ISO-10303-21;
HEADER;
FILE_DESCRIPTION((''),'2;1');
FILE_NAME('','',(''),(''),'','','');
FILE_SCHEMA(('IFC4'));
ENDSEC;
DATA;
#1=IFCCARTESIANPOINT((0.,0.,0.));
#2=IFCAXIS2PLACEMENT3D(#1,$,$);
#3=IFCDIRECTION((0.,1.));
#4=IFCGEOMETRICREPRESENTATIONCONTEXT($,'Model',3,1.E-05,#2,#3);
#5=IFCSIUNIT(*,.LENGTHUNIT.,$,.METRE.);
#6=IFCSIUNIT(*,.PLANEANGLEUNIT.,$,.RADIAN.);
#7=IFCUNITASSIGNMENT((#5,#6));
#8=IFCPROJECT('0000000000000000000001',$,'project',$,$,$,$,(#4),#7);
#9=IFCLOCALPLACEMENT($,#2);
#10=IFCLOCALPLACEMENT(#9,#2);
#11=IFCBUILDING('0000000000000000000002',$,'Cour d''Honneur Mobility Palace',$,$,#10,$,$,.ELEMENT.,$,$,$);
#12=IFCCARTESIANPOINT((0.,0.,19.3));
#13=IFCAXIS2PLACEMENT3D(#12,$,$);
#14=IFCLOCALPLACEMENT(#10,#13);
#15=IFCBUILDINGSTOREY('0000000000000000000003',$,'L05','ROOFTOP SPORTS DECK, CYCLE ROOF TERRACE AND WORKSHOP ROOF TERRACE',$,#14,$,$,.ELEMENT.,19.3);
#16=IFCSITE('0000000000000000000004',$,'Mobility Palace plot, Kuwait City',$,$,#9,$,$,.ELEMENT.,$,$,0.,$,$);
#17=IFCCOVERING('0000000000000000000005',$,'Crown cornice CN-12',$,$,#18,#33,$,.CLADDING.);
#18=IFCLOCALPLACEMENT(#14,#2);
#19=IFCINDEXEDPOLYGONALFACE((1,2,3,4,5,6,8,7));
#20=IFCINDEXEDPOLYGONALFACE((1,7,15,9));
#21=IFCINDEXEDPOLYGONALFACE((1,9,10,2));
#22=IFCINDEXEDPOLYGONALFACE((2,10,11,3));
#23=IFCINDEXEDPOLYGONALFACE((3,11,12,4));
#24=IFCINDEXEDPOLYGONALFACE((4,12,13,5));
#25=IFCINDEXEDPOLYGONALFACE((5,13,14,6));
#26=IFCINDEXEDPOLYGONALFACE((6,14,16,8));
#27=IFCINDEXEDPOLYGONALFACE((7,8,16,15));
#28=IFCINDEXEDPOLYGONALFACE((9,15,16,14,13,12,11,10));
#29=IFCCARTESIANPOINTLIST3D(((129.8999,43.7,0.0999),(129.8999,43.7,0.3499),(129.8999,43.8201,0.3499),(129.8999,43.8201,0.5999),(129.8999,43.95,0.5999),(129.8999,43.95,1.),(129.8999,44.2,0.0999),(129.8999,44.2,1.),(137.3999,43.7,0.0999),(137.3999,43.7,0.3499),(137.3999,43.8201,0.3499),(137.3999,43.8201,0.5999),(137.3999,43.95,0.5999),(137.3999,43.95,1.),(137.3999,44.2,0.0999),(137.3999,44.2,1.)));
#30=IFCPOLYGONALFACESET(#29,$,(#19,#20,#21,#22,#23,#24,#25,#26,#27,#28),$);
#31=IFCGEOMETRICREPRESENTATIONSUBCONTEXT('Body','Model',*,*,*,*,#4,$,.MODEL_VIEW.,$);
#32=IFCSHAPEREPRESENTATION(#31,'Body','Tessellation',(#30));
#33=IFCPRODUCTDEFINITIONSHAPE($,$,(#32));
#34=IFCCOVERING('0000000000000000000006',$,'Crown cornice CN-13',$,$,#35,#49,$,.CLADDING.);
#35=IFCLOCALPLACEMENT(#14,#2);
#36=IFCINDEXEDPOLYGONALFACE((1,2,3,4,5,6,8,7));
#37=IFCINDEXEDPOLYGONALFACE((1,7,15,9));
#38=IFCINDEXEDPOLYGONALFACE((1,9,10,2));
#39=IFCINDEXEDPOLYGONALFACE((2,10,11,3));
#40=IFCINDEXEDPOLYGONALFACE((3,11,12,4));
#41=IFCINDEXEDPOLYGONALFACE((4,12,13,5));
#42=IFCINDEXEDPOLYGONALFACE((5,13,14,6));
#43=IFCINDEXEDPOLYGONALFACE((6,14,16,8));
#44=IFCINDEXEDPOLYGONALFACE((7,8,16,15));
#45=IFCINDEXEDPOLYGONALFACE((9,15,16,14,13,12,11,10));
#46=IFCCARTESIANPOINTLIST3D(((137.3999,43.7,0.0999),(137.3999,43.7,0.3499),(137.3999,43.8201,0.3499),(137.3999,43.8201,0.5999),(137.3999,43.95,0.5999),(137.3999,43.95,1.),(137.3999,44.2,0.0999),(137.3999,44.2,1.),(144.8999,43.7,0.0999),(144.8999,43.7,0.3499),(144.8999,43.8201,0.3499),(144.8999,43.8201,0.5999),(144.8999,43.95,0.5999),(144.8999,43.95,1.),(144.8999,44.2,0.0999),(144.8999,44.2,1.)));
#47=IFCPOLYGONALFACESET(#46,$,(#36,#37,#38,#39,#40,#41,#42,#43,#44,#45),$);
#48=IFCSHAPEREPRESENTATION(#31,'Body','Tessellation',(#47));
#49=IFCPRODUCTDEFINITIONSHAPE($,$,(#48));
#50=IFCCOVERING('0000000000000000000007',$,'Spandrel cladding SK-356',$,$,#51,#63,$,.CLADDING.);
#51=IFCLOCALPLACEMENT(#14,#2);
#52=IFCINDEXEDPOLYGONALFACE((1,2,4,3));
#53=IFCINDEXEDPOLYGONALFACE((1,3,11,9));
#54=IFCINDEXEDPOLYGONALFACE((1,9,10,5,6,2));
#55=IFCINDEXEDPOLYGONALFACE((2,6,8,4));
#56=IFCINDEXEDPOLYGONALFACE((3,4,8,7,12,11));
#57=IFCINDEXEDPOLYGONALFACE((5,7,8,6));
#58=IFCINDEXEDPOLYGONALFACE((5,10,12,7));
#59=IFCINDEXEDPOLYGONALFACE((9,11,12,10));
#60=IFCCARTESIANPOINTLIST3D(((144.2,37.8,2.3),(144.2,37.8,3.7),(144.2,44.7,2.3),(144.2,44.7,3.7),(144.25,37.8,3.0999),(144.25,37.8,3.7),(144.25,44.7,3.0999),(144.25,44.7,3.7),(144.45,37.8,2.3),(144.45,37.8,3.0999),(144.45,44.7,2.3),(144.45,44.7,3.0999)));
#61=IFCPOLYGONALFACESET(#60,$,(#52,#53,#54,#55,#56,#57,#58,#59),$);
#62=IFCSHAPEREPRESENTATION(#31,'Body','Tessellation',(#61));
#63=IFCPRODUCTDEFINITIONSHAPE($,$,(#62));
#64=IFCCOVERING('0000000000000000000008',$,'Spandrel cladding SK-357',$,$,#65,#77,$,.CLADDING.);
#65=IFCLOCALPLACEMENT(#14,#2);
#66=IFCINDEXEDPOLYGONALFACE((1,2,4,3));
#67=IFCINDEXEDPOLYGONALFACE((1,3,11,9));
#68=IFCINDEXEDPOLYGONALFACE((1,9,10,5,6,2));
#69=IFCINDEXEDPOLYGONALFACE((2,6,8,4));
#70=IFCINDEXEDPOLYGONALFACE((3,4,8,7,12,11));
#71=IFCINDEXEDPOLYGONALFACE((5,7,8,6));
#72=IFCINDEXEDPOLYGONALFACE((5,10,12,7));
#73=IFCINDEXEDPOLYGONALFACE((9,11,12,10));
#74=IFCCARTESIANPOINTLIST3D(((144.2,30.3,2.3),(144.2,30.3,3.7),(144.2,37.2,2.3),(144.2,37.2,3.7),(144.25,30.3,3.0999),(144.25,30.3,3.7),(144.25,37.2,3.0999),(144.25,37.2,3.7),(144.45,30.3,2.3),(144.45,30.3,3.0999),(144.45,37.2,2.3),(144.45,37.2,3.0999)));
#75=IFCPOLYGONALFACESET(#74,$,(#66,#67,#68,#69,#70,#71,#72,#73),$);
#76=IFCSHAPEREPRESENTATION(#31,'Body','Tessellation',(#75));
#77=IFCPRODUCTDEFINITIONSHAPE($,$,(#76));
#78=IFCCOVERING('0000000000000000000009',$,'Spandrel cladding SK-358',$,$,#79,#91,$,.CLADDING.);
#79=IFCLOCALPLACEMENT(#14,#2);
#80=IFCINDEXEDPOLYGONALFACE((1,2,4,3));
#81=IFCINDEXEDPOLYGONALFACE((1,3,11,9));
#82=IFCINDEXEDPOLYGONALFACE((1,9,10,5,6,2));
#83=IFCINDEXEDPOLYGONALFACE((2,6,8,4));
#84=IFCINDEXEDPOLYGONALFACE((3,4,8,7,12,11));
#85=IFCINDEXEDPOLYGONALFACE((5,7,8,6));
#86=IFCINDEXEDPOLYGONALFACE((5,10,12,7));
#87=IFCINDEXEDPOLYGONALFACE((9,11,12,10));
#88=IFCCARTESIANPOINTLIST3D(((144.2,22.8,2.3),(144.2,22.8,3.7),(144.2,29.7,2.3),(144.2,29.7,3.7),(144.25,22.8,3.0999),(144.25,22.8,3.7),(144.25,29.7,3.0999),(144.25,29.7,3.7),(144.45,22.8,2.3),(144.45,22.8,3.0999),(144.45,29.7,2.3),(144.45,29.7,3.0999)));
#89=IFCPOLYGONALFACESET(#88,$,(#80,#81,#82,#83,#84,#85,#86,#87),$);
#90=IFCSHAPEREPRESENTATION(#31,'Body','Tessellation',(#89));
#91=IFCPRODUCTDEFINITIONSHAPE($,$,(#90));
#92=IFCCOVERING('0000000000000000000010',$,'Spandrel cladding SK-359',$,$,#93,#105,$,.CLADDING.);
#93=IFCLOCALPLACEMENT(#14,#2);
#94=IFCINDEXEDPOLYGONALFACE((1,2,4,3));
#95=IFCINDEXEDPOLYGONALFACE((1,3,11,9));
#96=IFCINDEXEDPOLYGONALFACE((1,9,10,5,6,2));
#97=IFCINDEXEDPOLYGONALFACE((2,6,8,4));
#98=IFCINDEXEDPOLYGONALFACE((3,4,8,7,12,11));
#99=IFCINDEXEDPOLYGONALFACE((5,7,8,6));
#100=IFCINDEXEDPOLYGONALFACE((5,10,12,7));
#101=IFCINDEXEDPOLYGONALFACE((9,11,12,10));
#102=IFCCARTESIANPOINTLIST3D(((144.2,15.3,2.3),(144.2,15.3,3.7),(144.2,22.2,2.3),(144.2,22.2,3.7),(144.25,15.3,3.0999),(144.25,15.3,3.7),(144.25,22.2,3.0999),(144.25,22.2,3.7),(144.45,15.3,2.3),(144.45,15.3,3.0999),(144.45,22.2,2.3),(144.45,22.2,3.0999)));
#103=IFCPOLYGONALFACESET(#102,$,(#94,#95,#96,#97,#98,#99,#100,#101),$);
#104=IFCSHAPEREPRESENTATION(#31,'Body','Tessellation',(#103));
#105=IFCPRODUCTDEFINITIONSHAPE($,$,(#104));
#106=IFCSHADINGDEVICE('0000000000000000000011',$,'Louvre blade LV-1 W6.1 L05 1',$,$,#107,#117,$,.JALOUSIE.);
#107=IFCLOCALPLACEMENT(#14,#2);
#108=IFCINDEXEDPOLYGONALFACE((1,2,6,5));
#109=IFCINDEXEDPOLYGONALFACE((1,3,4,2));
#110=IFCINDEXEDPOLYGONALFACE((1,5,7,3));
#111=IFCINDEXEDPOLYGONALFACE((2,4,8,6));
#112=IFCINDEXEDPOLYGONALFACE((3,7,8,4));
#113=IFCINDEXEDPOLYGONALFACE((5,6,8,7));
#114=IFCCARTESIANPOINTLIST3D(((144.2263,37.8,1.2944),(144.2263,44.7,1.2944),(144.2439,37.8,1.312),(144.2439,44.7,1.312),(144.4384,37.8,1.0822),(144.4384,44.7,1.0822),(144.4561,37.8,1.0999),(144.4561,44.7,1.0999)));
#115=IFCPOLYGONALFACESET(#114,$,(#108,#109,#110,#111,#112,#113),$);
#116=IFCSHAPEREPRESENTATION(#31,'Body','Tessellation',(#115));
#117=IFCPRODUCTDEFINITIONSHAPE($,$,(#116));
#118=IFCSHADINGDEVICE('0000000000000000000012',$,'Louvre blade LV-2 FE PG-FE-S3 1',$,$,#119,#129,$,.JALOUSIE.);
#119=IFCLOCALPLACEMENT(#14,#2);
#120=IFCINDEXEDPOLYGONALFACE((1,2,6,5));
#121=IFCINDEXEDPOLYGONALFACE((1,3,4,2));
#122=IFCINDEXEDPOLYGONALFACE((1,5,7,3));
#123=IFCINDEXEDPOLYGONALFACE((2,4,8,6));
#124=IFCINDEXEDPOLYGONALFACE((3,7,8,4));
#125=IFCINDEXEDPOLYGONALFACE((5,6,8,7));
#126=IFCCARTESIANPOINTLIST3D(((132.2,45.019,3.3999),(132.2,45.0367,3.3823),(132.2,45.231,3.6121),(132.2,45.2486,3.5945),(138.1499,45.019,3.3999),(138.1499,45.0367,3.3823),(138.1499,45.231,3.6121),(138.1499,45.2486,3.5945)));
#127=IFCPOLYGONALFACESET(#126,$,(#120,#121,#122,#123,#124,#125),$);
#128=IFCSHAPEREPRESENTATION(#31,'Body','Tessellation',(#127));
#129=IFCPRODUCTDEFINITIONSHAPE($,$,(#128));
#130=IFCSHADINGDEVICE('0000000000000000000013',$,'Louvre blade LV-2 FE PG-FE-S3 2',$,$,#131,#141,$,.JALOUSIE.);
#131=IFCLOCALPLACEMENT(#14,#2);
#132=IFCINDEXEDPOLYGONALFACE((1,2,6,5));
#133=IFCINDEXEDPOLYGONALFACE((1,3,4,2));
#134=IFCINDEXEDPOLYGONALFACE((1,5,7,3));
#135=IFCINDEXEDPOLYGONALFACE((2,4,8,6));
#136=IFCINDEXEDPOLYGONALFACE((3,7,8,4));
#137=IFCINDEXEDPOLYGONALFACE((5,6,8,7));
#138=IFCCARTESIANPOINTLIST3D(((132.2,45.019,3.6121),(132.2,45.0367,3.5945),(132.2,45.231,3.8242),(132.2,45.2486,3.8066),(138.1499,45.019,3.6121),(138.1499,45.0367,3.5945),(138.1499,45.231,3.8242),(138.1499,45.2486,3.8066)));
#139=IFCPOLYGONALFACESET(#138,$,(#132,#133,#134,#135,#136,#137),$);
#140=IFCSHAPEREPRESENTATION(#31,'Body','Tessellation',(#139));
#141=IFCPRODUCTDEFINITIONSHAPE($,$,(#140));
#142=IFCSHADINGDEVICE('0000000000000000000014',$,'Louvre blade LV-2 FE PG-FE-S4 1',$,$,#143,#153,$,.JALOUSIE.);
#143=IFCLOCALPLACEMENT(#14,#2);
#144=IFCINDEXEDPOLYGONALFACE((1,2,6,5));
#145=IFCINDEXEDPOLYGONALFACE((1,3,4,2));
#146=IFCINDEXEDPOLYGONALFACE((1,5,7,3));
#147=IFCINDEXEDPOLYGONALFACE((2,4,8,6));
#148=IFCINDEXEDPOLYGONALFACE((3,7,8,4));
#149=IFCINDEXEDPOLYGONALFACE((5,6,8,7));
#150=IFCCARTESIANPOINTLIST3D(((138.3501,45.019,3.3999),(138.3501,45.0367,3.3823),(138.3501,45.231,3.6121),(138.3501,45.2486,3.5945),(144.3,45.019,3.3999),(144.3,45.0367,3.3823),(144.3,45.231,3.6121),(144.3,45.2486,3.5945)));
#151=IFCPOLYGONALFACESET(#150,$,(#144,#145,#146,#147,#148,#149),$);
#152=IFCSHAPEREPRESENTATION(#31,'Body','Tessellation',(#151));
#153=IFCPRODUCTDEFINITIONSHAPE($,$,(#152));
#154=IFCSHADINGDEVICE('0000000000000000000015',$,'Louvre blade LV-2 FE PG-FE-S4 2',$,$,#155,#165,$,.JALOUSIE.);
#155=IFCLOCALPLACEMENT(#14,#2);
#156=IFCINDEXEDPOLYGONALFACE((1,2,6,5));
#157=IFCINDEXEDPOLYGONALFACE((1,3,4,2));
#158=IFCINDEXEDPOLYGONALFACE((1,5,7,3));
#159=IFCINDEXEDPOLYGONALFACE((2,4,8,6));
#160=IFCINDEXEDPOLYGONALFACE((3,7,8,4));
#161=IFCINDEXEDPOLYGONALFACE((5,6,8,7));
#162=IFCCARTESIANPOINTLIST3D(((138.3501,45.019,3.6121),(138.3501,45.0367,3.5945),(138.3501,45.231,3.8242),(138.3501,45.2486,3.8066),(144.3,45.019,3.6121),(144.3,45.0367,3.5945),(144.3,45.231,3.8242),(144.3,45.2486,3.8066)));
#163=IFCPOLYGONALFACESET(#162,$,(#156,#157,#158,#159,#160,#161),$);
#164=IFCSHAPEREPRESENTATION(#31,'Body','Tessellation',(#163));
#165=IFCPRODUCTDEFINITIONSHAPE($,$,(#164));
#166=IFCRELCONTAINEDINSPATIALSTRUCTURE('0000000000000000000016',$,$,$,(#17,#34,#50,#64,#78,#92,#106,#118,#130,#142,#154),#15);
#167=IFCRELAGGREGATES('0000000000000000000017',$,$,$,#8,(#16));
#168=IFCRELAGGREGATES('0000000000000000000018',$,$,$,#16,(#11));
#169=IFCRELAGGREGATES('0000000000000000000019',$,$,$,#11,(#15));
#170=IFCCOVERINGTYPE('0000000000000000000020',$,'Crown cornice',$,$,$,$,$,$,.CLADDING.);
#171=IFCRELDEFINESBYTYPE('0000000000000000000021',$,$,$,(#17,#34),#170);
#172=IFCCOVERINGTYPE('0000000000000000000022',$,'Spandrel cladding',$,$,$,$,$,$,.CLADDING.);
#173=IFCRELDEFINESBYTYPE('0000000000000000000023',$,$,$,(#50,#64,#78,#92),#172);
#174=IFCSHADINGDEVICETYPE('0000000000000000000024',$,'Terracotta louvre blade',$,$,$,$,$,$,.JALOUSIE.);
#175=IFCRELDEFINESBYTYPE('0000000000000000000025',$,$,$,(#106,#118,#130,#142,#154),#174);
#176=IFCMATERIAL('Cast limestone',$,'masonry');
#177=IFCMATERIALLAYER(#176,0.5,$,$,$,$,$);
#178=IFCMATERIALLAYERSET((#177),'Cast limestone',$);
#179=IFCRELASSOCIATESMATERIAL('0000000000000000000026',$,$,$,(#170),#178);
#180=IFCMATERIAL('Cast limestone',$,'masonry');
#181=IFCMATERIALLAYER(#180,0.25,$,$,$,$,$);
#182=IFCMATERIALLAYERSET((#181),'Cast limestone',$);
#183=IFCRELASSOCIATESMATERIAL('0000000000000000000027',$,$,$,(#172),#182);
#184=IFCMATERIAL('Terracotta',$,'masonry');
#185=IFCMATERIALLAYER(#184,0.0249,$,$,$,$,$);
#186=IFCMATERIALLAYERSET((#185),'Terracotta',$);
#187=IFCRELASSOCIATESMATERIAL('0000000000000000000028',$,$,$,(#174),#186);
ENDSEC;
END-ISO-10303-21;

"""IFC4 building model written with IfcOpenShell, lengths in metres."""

from ifc_helpers import new_model, si_unit, direction, frame, origin, place, context, subcontext, project, spatial, polyline, outline, extrude, material, layer, layer_set, type_object, element, save


model = new_model("IFC4")

# Units and contexts
model_context = context("Model", 3, precision=1e-05, world=origin(), true_north=direction((0.0, 1.0)))
body_context = subcontext(model_context, "Body", "Model", "MODEL_VIEW")
ifc_project = project(units=[si_unit("LENGTHUNIT", "METRE"), si_unit("PLANEANGLEUNIT", "RADIAN")], contexts=[model_context])

# Site, building, storey
site_placement = place(None, origin())
site = spatial("IfcSite", under=ifc_project, at=site_placement, Name="Mobility Palace plot, Kuwait City", CompositionType="ELEMENT", RefElevation=0.0)
building_placement = place(site_placement, origin())
building = spatial("IfcBuilding", under=site, at=building_placement, Name="Cour d'Honneur Mobility Palace", CompositionType="ELEMENT")
storey_placement = place(building_placement, frame((0.0, 0.0, 19.3)))
storey = spatial("IfcBuildingStorey", under=building, at=storey_placement, Name="L05", Description="ROOFTOP SPORTS DECK, CYCLE ROOF TERRACE AND WORKSHOP ROOF TERRACE", CompositionType="ELEMENT", Elevation=19.3)

# Coverings
ifc_material_1 = material(Name="Cast limestone", Category="masonry")
ifc_layer_1 = layer(ifc_material_1, 0.5)
ifc_layer_set_1 = layer_set([ifc_layer_1], Name="Cast limestone")
covering_type_1 = type_object("IfcCoveringType", Name="Crown cornice", PredefinedType="CLADDING", material=ifc_layer_set_1)
for number, where, z_axis, x_axis, name in (
    (1, (129.8999, 44.2, 0.0999), (-1.0, 0.0, 0.0), (0.0, -1.0, 0.0), "Crown cornice CN-12"),
    (2, (137.3999, 44.2, 0.0999), (-1.0, 0.0, 0.0), (0.0, -1.0, 0.0), "Crown cornice CN-13"),
):
    element("IfcCovering", number, at=place(storey_placement, frame(where, z_axis=z_axis, x_axis=x_axis)), inside=storey, type_object=covering_type_1, Name=name, PredefinedType="CLADDING", context=body_context, shape_type="SweptSolid", body=[
        extrude(outline(polyline([(0.0, 0.0), (0.5, 0.0), (0.5, 0.25), (0.3799, 0.25), (0.3799, 0.5), (0.25, 0.5), (0.25, 0.9001), (0.0, 0.9001), (0.0, 0.0)])), origin(), (0.0, 0.0, -1.0), 7.5),
    ])
ifc_material_2 = material(Name="Cast limestone", Category="masonry")
ifc_layer_2 = layer(ifc_material_2, 0.25)
ifc_layer_set_2 = layer_set([ifc_layer_2], Name="Cast limestone")
covering_type_2 = type_object("IfcCoveringType", Name="Spandrel cladding", PredefinedType="CLADDING", material=ifc_layer_set_2)
for number, where, z_axis, x_axis, name in (
    (3, (144.45, 44.7, 2.3), (0.0, 1.0, 0.0), (-1.0, 0.0, 0.0), "Spandrel cladding SK-356"),
    (4, (144.45, 37.2, 2.3), (0.0, 1.0, 0.0), (-1.0, 0.0, 0.0), "Spandrel cladding SK-357"),
    (5, (144.45, 29.7, 2.3), (0.0, 1.0, 0.0), (-1.0, 0.0, 0.0), "Spandrel cladding SK-358"),
    (6, (144.45, 22.2, 2.3), (0.0, 1.0, 0.0), (-1.0, 0.0, 0.0), "Spandrel cladding SK-359"),
):
    element("IfcCovering", number, at=place(storey_placement, frame(where, z_axis=z_axis, x_axis=x_axis)), inside=storey, type_object=covering_type_2, Name=name, PredefinedType="CLADDING", context=body_context, shape_type="SweptSolid", body=[
        extrude(outline(polyline([(0.0, 0.0), (0.25, 0.0), (0.25, 1.3999), (0.2, 1.3999), (0.2, 0.7998), (0.0, 0.7998), (0.0, 0.0)])), origin(), (0.0, 0.0, -1.0), 6.8999),
    ])

# Shading devices
ifc_material_3 = material(Name="Terracotta", Category="masonry")
ifc_layer_3 = layer(ifc_material_3, 0.0249)
ifc_layer_set_3 = layer_set([ifc_layer_3], Name="Terracotta")
shading_device_type = type_object("IfcShadingDeviceType", Name="Terracotta louvre blade", PredefinedType="JALOUSIE", material=ifc_layer_set_3)
shading_device_placement = place(storey_placement, frame((144.4561, 44.7, 1.0999), z_axis=(0.707107, 0.0, 0.707107), x_axis=(0.0, -1.0, 0.0)))
element("IfcShadingDevice", 7, at=shading_device_placement, inside=storey, type_object=shading_device_type, Name="Louvre blade LV-1 W6.1 L05 1", PredefinedType="JALOUSIE", context=body_context, shape_type="SweptSolid", body=[
    extrude(outline(polyline([(0.0, 0.0), (6.8999, 0.0), (6.8999, -0.3), (0.0, -0.3), (0.0, 0.0)])), origin(), (0.0, 0.0, -1.0), 0.0249),
])
for number, where, z_axis, x_axis, name in (
    (8, (132.2, 45.019, 3.3999), (0.0, -0.707514, 0.7067), (1.0, 0.0, 0.0), "Louvre blade LV-2 FE PG-FE-S3 1"),
    (9, (132.2, 45.019, 3.6121), (0.0, -0.707514, 0.7067), (1.0, 0.0, 0.0), "Louvre blade LV-2 FE PG-FE-S3 2"),
    (10, (138.3501, 45.019, 3.3999), (0.0, -0.707514, 0.7067), (1.0, 0.0, 0.0), "Louvre blade LV-2 FE PG-FE-S4 1"),
    (11, (138.3501, 45.019, 3.6121), (0.0, -0.707514, 0.7067), (1.0, 0.0, 0.0), "Louvre blade LV-2 FE PG-FE-S4 2"),
):
    element("IfcShadingDevice", number, at=place(storey_placement, frame(where, z_axis=z_axis, x_axis=x_axis)), inside=storey, type_object=shading_device_type, Name=name, PredefinedType="JALOUSIE", context=body_context, shape_type="SweptSolid", body=[
        extrude(outline(polyline([(0.0, 0.0), (5.95, 0.0), (5.95, 0.2999), (0.0, 0.2999), (0.0, 0.0)])), origin(), (0.0, 0.0, -1.0), 0.0249),
    ])

save(model, "model.ifc")
